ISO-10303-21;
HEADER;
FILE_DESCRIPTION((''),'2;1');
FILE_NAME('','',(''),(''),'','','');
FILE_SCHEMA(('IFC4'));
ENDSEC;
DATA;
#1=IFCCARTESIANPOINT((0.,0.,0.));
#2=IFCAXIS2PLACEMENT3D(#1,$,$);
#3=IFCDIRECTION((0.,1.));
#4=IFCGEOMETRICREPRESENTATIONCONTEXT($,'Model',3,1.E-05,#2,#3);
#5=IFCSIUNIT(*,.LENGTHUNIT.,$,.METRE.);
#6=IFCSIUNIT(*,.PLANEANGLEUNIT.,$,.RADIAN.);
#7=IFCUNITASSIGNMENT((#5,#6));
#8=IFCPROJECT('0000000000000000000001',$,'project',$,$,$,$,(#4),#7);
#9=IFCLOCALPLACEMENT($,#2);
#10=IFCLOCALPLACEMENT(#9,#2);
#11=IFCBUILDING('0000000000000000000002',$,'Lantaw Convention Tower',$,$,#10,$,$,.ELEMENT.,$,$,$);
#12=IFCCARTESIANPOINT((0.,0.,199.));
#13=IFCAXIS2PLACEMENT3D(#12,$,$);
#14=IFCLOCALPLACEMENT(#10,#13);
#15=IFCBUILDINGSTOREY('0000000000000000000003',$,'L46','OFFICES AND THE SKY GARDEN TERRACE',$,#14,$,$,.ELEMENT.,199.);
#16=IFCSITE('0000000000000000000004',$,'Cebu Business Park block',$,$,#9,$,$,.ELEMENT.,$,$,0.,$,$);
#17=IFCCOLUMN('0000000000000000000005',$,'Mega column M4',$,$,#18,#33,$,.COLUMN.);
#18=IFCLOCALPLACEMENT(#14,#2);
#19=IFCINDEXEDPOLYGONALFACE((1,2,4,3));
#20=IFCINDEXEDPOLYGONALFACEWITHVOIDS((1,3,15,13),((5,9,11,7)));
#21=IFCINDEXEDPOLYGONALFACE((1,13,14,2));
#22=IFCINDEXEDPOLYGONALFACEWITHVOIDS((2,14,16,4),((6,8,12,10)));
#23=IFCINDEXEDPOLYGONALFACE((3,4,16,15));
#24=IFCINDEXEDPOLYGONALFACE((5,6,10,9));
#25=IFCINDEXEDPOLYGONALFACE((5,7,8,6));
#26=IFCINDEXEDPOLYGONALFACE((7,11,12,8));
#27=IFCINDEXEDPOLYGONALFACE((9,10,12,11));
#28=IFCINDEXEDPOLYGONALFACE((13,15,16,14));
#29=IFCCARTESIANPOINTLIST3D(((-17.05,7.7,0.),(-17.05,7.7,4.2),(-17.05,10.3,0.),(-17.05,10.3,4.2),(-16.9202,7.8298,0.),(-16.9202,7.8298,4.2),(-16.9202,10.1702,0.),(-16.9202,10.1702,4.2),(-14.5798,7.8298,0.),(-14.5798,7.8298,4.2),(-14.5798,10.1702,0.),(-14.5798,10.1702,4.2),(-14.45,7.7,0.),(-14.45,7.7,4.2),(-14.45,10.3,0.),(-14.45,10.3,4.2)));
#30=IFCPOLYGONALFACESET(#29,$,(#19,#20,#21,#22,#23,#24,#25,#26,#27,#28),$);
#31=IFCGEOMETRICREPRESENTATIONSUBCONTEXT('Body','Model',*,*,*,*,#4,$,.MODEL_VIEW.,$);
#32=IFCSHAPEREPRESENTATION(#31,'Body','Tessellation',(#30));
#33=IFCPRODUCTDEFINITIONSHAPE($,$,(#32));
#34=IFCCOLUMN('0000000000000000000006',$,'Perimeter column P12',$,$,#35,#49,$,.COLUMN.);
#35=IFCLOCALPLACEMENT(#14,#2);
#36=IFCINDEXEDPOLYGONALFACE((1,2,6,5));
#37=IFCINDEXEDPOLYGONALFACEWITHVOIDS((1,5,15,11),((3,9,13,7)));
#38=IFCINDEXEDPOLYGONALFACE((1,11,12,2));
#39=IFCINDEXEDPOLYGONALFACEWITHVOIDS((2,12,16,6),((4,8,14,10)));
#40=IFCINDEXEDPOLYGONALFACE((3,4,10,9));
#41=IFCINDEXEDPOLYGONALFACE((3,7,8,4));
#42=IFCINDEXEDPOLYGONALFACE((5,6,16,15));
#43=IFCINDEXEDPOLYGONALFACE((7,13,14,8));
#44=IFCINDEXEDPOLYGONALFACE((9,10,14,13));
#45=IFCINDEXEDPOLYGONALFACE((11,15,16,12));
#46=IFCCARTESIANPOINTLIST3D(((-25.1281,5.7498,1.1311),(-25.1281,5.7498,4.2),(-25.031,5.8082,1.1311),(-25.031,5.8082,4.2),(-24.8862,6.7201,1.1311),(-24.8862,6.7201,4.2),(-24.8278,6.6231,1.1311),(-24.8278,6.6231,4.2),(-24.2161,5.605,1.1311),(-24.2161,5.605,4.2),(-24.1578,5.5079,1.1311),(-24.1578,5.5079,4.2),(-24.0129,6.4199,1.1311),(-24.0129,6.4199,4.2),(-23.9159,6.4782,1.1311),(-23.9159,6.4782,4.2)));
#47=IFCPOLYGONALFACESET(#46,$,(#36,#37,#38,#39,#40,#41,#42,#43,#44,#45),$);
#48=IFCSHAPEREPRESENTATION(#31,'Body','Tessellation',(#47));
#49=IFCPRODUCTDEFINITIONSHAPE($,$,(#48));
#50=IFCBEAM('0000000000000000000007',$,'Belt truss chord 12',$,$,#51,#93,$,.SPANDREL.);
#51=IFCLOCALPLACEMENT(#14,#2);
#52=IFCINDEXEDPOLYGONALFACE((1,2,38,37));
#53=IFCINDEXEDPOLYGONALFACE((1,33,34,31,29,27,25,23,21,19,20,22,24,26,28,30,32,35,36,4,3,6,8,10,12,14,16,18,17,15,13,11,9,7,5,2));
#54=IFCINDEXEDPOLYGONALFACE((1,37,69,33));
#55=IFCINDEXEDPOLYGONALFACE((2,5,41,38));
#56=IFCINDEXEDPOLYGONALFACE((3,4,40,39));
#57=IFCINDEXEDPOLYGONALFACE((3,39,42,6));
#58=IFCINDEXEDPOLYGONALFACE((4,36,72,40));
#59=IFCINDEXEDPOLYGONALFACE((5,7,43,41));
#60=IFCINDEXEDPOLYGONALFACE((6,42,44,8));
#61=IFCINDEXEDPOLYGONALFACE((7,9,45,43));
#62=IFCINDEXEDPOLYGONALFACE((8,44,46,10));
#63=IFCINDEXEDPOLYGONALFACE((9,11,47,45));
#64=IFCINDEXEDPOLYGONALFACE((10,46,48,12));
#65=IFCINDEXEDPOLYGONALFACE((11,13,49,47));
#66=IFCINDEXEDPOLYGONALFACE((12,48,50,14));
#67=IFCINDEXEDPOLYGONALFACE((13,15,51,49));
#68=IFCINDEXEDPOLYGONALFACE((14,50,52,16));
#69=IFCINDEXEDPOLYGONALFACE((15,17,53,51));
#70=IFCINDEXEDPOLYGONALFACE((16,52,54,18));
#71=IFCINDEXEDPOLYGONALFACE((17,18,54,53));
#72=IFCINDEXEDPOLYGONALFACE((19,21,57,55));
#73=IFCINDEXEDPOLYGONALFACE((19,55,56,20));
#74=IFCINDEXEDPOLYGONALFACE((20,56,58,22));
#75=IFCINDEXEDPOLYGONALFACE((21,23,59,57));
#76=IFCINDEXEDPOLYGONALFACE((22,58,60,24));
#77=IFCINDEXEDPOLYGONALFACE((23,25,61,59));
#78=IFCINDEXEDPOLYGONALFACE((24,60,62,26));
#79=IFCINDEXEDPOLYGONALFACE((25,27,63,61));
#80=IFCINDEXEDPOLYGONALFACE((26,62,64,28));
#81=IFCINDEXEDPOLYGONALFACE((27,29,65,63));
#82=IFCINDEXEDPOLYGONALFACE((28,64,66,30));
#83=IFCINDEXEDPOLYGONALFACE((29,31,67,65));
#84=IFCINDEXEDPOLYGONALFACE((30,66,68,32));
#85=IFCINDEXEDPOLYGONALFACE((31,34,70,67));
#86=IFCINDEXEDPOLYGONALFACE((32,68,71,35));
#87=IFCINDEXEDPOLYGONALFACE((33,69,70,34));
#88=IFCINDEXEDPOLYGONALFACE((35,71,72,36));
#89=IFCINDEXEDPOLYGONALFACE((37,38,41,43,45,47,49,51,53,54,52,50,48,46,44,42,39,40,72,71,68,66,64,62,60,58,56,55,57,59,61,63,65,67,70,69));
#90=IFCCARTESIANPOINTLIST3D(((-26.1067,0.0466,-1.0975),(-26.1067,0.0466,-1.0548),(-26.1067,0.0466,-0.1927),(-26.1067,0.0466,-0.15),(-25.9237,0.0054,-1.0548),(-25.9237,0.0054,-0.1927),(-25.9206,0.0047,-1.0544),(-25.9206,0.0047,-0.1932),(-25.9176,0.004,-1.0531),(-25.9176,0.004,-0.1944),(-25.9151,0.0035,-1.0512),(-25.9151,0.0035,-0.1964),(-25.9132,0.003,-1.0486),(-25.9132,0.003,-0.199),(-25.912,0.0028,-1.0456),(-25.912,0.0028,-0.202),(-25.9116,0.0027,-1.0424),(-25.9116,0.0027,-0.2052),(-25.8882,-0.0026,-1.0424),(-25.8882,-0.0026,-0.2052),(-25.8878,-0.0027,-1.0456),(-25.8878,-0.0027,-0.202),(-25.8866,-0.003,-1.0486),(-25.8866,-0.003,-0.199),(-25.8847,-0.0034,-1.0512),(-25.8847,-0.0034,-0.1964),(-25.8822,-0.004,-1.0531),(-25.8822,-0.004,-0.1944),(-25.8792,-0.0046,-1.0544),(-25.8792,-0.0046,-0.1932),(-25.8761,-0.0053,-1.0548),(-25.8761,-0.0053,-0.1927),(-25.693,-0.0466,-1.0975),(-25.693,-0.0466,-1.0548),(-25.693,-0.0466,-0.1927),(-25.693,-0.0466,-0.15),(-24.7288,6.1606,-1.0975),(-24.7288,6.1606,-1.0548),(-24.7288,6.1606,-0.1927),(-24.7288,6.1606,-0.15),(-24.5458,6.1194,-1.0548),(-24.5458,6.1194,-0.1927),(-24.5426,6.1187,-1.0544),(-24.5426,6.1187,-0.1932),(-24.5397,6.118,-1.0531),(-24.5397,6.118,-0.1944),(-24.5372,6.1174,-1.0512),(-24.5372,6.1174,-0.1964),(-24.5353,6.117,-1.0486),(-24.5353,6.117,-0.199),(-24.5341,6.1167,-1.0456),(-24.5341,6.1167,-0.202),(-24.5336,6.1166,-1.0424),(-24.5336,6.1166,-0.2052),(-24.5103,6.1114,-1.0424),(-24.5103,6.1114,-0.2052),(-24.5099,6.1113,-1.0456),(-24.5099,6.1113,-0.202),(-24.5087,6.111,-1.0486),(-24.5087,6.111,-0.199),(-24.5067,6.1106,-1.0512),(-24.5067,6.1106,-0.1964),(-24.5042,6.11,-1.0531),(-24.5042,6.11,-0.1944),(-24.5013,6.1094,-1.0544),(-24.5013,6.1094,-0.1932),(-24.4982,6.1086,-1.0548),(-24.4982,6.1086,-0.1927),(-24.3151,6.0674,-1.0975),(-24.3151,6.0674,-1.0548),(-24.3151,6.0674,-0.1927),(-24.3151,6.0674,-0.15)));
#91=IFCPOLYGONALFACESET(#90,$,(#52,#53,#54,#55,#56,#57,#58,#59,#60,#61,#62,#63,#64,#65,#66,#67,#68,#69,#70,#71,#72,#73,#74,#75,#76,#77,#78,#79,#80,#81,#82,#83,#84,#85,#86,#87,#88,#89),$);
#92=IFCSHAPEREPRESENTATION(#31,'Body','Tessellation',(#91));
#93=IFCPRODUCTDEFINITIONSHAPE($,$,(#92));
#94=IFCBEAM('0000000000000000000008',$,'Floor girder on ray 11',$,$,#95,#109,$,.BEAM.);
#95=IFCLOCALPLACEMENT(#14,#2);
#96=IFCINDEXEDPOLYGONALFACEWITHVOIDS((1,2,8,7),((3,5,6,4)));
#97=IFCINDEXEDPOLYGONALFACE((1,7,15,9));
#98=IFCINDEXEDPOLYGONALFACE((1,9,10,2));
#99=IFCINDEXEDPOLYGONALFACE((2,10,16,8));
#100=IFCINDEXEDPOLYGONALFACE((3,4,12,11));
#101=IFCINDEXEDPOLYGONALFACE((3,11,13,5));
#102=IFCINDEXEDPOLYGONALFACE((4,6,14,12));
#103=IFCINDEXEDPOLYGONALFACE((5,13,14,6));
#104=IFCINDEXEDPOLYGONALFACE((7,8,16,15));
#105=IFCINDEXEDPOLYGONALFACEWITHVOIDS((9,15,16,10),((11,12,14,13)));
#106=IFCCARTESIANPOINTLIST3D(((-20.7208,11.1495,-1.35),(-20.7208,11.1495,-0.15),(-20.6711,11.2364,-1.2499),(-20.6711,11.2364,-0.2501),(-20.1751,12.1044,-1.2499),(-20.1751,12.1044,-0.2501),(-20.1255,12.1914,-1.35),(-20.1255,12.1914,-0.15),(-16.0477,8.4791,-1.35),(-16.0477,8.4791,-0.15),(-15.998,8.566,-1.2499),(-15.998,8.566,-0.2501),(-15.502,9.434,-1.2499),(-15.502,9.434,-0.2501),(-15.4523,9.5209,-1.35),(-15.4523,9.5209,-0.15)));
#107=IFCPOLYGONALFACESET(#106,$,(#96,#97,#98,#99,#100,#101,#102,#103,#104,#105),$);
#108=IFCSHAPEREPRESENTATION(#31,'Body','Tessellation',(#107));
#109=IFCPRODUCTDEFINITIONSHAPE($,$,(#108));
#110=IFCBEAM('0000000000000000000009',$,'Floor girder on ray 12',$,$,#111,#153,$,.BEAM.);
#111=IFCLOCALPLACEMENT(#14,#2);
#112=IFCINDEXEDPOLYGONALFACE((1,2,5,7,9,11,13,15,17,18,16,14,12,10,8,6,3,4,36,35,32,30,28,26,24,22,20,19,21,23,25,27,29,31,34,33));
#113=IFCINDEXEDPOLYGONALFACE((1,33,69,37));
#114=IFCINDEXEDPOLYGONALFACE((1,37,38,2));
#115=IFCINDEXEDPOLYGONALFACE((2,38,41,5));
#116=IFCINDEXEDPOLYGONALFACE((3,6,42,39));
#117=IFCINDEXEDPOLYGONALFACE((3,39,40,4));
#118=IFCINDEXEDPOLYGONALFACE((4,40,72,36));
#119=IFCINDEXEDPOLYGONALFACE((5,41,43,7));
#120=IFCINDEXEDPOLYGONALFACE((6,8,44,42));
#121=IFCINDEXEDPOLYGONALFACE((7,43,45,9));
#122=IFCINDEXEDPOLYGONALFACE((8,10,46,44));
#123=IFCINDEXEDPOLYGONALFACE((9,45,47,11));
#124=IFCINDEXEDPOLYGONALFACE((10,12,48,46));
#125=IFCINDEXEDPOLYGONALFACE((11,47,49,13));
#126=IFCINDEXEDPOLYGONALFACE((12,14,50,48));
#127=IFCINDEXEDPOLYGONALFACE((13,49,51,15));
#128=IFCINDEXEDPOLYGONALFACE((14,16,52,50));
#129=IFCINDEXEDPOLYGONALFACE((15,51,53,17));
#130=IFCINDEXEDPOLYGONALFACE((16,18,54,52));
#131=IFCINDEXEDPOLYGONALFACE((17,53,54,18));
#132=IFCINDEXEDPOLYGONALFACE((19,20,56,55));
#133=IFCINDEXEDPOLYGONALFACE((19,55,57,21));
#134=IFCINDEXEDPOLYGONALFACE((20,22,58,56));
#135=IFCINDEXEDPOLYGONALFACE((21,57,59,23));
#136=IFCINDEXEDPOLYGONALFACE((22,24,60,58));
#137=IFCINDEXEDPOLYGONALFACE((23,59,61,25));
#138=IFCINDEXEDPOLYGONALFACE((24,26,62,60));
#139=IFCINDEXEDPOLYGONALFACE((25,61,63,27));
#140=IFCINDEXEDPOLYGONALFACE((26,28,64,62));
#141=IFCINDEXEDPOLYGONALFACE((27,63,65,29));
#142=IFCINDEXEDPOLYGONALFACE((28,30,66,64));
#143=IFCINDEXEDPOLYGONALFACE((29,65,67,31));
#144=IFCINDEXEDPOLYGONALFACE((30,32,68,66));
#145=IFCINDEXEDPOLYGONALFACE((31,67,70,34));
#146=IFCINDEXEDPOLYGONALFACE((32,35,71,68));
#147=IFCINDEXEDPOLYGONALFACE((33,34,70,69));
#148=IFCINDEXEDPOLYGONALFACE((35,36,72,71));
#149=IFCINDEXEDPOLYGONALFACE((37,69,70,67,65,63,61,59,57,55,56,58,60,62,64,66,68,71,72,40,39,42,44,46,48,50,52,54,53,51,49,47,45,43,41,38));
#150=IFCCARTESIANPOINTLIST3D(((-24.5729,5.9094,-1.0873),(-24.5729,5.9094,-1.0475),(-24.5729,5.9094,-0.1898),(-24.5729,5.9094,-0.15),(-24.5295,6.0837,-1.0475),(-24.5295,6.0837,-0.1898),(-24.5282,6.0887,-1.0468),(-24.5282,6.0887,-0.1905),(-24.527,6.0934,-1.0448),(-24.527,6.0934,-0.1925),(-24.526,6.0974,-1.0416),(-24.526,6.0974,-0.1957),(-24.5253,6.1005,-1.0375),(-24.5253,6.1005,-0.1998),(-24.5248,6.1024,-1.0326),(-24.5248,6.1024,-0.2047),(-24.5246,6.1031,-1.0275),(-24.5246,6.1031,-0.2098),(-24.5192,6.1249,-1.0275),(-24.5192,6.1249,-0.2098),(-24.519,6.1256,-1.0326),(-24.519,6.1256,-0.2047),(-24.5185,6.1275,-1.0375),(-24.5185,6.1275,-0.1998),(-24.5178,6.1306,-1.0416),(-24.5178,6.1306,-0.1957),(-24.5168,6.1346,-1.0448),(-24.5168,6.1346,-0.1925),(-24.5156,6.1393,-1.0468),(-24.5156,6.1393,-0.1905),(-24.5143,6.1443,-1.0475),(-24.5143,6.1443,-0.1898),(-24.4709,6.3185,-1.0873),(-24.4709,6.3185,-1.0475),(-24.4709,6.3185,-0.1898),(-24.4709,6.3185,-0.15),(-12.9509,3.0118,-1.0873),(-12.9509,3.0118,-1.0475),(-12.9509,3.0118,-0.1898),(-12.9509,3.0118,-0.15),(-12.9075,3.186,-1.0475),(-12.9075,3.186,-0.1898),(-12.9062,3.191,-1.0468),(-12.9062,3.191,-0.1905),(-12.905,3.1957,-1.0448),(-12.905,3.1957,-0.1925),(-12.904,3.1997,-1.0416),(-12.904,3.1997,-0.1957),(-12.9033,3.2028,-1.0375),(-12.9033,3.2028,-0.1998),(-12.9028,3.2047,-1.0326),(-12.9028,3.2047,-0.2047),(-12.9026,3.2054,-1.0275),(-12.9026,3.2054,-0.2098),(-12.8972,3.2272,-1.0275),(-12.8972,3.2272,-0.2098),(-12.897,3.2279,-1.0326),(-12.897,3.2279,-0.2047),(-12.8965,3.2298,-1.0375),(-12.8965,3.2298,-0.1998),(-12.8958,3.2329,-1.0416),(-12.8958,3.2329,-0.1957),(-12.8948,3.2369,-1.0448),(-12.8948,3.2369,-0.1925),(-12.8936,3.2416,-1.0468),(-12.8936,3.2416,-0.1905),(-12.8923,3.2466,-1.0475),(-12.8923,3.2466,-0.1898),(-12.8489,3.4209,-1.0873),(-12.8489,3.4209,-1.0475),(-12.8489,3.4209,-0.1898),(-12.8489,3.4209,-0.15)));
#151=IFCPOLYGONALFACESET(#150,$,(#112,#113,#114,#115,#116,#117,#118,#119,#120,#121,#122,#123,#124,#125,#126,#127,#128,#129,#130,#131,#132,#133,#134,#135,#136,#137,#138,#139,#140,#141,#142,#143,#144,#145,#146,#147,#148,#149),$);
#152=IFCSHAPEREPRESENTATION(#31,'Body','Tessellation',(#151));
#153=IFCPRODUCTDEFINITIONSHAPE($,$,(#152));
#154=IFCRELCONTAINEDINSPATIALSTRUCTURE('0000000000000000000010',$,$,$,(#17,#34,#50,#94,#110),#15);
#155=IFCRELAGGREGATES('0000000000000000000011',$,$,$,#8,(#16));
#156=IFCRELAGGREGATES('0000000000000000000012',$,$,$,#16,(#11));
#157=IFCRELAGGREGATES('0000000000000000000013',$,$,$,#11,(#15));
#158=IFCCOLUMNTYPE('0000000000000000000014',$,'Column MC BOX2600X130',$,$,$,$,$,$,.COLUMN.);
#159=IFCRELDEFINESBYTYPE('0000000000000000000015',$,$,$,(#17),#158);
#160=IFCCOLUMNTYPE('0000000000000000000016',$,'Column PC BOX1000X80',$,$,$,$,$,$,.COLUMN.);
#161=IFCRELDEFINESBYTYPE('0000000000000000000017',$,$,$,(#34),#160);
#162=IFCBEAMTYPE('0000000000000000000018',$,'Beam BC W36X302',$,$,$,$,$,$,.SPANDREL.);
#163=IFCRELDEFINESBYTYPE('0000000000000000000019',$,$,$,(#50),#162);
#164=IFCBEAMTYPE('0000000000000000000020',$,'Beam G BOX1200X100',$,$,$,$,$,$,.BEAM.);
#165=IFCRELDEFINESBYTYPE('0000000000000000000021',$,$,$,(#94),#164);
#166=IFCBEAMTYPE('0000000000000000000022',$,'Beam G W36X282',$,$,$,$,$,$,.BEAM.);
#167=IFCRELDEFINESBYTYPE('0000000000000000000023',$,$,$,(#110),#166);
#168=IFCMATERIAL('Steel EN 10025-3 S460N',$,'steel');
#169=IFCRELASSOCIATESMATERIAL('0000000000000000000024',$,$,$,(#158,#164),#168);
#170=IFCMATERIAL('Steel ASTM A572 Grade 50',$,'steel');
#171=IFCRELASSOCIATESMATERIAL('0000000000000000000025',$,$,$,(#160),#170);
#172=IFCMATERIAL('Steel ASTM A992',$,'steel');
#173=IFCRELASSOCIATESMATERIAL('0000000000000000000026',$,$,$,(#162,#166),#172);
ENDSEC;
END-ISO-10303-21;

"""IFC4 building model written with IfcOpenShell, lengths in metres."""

from ifc_helpers import new_model, si_unit, direction, frame, origin, origin_2d, place, context, subcontext, project, spatial, rectangle, hollow_rectangle, i_section, extrude, material, material_profile, profile_set, type_object, element, save


model = new_model("IFC4")

# Units and contexts
model_context = context("Model", 3, precision=1e-05, world=origin(), true_north=direction((0.0, 1.0)))
body_context = subcontext(model_context, "Body", "Model", "MODEL_VIEW")
ifc_project = project(units=[si_unit("LENGTHUNIT", "METRE"), si_unit("PLANEANGLEUNIT", "RADIAN")], contexts=[model_context])

# Site, building, storey
site_placement = place(None, origin())
site = spatial("IfcSite", under=ifc_project, at=site_placement, Name="Cebu Business Park block", CompositionType="ELEMENT", RefElevation=0.0)
building_placement = place(site_placement, origin())
building = spatial("IfcBuilding", under=site, at=building_placement, Name="Lantaw Convention Tower", CompositionType="ELEMENT")
storey_placement = place(building_placement, frame((0.0, 0.0, 199.0)))
storey = spatial("IfcBuildingStorey", under=building, at=storey_placement, Name="L46", Description="OFFICES AND THE SKY GARDEN TERRACE", CompositionType="ELEMENT", Elevation=199.0)

# Columns
ifc_material_1 = material(Name="Steel EN 10025-3 S460N", Category="steel")
ifc_material_profile_1 = material_profile(ifc_material_1, hollow_rectangle(XDim=2.6001, YDim=2.6001, WallThickness=0.1299, at=origin_2d()), Name="BOX2600X130")
ifc_material_2 = material(Name="Concrete C60/75", Category="concrete")
ifc_material_profile_2 = material_profile(ifc_material_2, rectangle(XDim=2.3401, YDim=2.3401, at=origin_2d()), Name="Concrete fill of BOX2600X130")
ifc_profile_set_1 = profile_set([ifc_material_profile_1, ifc_material_profile_2], Name="Steel EN 10025-3 S460N")
column_type_1 = type_object("IfcColumnType", Name="Column MC BOX2600X130", PredefinedType="COLUMN", material=ifc_profile_set_1)
column_1_placement = place(storey_placement, frame((-15.75, 9.0, 0.0), z_axis=(0.0, 0.0, 1.0), x_axis=(1.0, 0.0, 0.0)))
element("IfcColumn", 1, at=column_1_placement, inside=storey, type_object=column_type_1, Name="Mega column M4", PredefinedType="COLUMN", context=body_context, shape_type="SweptSolid", body=[
    extrude(hollow_rectangle(XDim=2.6001, YDim=2.6001, WallThickness=0.1299, at=origin_2d()), origin(), (0.0, 0.0, 1.0), 4.2),
])
ifc_material_3 = material(Name="Steel ASTM A572 Grade 50", Category="steel")
ifc_material_profile_3 = material_profile(ifc_material_3, hollow_rectangle(XDim=1.0, YDim=1.0, WallThickness=0.0801, at=origin_2d()), Name="BOX1000X80")
ifc_material_profile_4 = material_profile(ifc_material_2, rectangle(XDim=0.8401, YDim=0.8401, at=origin_2d()), Name="Concrete fill of BOX1000X80")
ifc_profile_set_2 = profile_set([ifc_material_profile_3, ifc_material_profile_4], Name="Steel ASTM A572 Grade 50")
column_type_2 = type_object("IfcColumnType", Name="Column PC BOX1000X80", PredefinedType="COLUMN", material=ifc_profile_set_2)
column_2_placement = place(storey_placement, frame((-24.522, 6.114, 1.1311), z_axis=(0.0, 0.0, 1.0), x_axis=(0.241922, 0.970296, 0.0)))
element("IfcColumn", 2, at=column_2_placement, inside=storey, type_object=column_type_2, Name="Perimeter column P12", PredefinedType="COLUMN", context=body_context, shape_type="SweptSolid", body=[
    extrude(hollow_rectangle(XDim=1.0, YDim=1.0, WallThickness=0.0801, at=origin_2d()), origin(), (0.0, 0.0, 1.0), 3.0688),
])

# Beams
ifc_material_4 = material(Name="Steel ASTM A992", Category="steel")
ifc_material_profile_5 = material_profile(ifc_material_4, i_section(OverallWidth=0.4241, OverallDepth=0.9475, WebThickness=0.0239, FlangeThickness=0.0427, FilletRadius=0.0125, at=origin_2d()), Name="W36X302")
ifc_profile_set_3 = profile_set([ifc_material_profile_5], Name="Steel ASTM A992")
beam_type_1 = type_object("IfcBeamType", Name="Beam BC W36X302", PredefinedType="SPANDREL", material=ifc_profile_set_3)
beam_1_placement = place(storey_placement, frame((-24.522, 6.114, -0.6238), z_axis=(-0.219858, -0.975532, 0.0), x_axis=(0.975532, -0.219858, 0.0)))
element("IfcBeam", 3, at=beam_1_placement, inside=storey, type_object=beam_type_1, Name="Belt truss chord 12", PredefinedType="SPANDREL", context=body_context, shape_type="SweptSolid", body=[
    extrude(i_section(OverallWidth=0.4241, OverallDepth=0.9475, WebThickness=0.0239, FlangeThickness=0.0427, FilletRadius=0.0125, at=origin_2d()), origin(), (0.0, 0.0, 1.0), 6.2673),
])
ifc_material_profile_6 = material_profile(ifc_material_1, hollow_rectangle(XDim=1.2, YDim=1.2, WallThickness=0.1001, at=origin_2d()), Name="BOX1200X100")
ifc_profile_set_4 = profile_set([ifc_material_profile_6], Name="Steel EN 10025-3 S460N")
beam_type_2 = type_object("IfcBeamType", Name="Beam G BOX1200X100", PredefinedType="BEAM", material=ifc_profile_set_4)
beam_2_placement = place(storey_placement, frame((-15.75, 9.0, -0.75), z_axis=(-0.868238, 0.496149, 0.0), x_axis=(-0.496149, -0.868238, 0.0)))
element("IfcBeam", 4, at=beam_2_placement, inside=storey, type_object=beam_type_2, Name="Floor girder on ray 11", PredefinedType="BEAM", context=body_context, shape_type="SweptSolid", body=[
    extrude(hollow_rectangle(XDim=1.2, YDim=1.2, WallThickness=0.1001, at=origin_2d()), origin(), (0.0, 0.0, 1.0), 5.3823),
])
ifc_material_profile_7 = material_profile(ifc_material_4, i_section(OverallWidth=0.4216, OverallDepth=0.9373, WebThickness=0.0225, FlangeThickness=0.0398, FilletRadius=0.02, at=origin_2d()), Name="W36X282")
ifc_profile_set_5 = profile_set([ifc_material_profile_7], Name="Steel ASTM A992")
beam_type_3 = type_object("IfcBeamType", Name="Beam G W36X282", PredefinedType="BEAM", material=ifc_profile_set_5)
beam_3_placement = place(storey_placement, frame((-12.8999, 3.2163, -0.6187), z_axis=(-0.970296, 0.241922, 0.0), x_axis=(-0.241922, -0.970296, 0.0)))
element("IfcBeam", 5, at=beam_3_placement, inside=storey, type_object=beam_type_3, Name="Floor girder on ray 12", PredefinedType="BEAM", context=body_context, shape_type="SweptSolid", body=[
    extrude(i_section(OverallWidth=0.4216, OverallDepth=0.9373, WebThickness=0.0225, FlangeThickness=0.0398, FilletRadius=0.02, at=origin_2d()), origin(), (0.0, 0.0, 1.0), 11.9778),
])

save(model, "model.ifc")
